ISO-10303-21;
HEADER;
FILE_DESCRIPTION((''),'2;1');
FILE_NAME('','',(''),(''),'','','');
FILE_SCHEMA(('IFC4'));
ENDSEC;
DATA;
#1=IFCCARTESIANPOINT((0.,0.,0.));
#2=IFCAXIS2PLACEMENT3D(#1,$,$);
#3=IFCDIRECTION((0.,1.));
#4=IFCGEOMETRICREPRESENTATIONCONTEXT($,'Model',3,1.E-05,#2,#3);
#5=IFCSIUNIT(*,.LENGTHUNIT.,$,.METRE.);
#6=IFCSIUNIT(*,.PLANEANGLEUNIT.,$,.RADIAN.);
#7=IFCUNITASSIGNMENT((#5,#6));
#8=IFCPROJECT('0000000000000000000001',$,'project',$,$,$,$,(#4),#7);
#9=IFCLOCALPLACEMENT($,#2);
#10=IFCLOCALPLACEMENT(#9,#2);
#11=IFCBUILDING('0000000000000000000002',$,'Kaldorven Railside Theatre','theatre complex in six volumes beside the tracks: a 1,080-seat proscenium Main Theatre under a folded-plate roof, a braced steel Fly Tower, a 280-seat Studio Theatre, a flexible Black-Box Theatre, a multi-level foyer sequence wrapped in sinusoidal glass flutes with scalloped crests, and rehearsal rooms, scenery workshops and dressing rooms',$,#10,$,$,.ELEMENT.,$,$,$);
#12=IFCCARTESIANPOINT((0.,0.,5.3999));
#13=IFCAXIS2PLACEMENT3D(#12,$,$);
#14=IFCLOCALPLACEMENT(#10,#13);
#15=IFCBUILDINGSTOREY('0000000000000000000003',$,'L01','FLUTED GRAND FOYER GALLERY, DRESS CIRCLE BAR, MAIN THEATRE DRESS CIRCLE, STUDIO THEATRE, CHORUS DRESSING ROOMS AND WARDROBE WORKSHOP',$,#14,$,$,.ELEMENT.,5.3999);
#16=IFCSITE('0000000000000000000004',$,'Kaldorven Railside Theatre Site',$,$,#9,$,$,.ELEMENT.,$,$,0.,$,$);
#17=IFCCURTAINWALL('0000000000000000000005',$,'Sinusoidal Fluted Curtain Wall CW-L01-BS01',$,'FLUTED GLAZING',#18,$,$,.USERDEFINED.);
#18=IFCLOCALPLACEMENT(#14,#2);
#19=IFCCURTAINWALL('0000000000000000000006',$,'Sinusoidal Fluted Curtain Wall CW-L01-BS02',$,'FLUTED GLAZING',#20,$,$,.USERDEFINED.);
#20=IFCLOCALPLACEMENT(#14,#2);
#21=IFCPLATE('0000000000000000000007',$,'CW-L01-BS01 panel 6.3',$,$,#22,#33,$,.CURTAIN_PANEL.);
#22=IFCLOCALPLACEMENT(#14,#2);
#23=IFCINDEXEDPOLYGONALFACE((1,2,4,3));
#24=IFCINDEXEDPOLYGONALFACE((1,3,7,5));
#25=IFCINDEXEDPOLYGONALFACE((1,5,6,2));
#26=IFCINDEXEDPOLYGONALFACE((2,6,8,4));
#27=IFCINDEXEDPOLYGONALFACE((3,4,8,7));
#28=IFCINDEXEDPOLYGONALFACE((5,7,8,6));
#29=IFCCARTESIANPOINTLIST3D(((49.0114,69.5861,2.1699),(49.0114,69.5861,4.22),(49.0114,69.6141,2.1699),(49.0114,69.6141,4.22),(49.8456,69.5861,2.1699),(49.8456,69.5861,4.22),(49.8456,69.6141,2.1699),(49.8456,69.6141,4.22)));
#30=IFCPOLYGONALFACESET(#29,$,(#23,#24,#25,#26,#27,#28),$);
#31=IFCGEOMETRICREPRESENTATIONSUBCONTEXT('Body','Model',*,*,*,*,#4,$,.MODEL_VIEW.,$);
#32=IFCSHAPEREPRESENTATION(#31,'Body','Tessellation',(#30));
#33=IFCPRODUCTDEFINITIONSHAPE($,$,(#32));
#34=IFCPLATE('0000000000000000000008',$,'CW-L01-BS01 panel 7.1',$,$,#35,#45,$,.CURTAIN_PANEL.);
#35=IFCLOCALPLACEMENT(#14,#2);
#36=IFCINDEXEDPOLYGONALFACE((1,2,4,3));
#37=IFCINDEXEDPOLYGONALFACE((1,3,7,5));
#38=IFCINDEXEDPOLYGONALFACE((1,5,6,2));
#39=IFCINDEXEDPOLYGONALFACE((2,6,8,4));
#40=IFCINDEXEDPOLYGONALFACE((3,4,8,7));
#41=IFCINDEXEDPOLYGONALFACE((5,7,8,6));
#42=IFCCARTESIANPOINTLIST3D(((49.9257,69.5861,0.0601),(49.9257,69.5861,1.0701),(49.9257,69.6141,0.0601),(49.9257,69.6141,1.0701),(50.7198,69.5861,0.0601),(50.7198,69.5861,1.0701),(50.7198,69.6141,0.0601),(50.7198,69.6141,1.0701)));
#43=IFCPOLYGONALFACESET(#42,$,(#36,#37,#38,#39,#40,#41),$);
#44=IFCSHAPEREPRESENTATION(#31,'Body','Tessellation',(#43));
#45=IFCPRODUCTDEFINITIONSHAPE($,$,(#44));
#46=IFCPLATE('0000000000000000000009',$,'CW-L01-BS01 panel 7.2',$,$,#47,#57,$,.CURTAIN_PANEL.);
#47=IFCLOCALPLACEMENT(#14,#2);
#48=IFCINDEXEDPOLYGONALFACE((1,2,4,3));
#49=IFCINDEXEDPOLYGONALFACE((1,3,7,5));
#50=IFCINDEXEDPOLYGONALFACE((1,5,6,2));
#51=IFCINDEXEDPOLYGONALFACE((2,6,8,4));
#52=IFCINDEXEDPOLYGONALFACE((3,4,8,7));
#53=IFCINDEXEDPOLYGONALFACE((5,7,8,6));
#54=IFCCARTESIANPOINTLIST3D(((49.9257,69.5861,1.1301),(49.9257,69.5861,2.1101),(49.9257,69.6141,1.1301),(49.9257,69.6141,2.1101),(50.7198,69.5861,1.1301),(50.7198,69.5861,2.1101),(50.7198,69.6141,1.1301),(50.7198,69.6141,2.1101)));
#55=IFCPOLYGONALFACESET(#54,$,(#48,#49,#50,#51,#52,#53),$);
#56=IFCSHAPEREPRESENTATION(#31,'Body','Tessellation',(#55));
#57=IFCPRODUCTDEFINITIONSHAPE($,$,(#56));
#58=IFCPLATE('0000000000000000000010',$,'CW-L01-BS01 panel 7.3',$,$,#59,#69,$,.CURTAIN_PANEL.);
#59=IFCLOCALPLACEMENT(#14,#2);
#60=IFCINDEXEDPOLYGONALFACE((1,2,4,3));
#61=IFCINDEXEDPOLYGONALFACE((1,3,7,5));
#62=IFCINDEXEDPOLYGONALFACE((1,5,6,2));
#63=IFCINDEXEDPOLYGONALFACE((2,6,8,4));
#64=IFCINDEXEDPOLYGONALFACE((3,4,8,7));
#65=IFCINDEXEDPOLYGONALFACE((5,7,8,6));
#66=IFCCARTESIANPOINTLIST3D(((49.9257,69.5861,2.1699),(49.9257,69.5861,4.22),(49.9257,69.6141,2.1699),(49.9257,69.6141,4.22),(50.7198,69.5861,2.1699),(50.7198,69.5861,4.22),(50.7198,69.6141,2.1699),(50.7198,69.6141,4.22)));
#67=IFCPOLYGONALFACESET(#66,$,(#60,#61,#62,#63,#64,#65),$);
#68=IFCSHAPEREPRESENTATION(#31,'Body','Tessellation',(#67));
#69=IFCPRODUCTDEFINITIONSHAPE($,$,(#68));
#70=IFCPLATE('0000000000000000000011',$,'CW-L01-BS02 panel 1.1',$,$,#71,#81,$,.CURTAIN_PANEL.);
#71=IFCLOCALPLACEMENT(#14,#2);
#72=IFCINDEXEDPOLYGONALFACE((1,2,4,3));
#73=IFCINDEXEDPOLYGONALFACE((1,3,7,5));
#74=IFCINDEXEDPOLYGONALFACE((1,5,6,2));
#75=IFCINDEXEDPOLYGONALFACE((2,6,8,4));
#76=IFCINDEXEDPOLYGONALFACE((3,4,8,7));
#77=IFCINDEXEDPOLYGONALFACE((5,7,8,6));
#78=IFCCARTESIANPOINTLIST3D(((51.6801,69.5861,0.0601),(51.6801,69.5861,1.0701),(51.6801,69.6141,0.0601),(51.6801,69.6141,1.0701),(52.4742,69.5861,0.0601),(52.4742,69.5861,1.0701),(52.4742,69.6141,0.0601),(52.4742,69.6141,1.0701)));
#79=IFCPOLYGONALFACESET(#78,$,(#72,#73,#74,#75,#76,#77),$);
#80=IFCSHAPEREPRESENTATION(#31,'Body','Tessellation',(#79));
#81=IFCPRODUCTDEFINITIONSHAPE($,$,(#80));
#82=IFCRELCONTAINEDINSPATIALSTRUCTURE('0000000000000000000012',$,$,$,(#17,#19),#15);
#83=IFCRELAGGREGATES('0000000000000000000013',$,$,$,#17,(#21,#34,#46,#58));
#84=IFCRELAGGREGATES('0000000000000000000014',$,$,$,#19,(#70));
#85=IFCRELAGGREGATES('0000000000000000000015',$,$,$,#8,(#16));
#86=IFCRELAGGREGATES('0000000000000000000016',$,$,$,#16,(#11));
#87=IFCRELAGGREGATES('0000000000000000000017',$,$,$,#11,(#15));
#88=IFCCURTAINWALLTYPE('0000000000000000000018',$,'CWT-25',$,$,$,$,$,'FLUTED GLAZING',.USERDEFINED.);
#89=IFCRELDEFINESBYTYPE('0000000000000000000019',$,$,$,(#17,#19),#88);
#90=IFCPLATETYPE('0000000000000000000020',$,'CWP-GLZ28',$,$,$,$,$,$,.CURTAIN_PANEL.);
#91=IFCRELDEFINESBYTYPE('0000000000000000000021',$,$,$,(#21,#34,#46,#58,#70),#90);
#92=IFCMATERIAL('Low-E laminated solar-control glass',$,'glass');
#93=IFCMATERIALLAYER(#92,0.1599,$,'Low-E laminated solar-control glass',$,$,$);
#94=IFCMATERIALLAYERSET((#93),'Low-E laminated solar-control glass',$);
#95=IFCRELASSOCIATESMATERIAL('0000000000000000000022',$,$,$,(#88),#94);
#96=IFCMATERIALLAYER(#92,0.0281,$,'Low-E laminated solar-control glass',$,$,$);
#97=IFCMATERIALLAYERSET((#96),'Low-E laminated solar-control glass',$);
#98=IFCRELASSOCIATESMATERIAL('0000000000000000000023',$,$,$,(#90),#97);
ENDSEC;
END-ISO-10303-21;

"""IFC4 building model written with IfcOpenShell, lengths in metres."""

from ifc_helpers import new_model, si_unit, direction, frame, origin, origin_2d, place, context, subcontext, project, spatial, rectangle, extrude, material, layer, layer_set, type_object, element, aggregate, save


model = new_model("IFC4")

# Units and contexts
model_context = context("Model", 3, precision=1e-05, world=origin(), true_north=direction((0.0, 1.0)))
body_context = subcontext(model_context, "Body", "Model", "MODEL_VIEW")
ifc_project = project(units=[si_unit("LENGTHUNIT", "METRE"), si_unit("PLANEANGLEUNIT", "RADIAN")], contexts=[model_context])

# Site, building, storey
site_placement = place(None, origin())
site = spatial("IfcSite", under=ifc_project, at=site_placement, Name="Kaldorven Railside Theatre Site", CompositionType="ELEMENT", RefElevation=0.0)
building_placement = place(site_placement, origin())
building = spatial("IfcBuilding", under=site, at=building_placement, Name="Kaldorven Railside Theatre", Description="theatre complex in six volumes beside the tracks: a 1,080-seat proscenium Main Theatre under a folded-plate roof, a braced steel Fly Tower, a 280-seat Studio Theatre, a flexible Black-Box Theatre, a multi-level foyer sequence wrapped in sinusoidal glass flutes with scalloped crests, and rehearsal rooms, scenery workshops and dressing rooms", CompositionType="ELEMENT")
storey_placement = place(building_placement, frame((0.0, 0.0, 5.3999)))
storey = spatial("IfcBuildingStorey", under=building, at=storey_placement, Name="L01", Description="FLUTED GRAND FOYER GALLERY, DRESS CIRCLE BAR, MAIN THEATRE DRESS CIRCLE, STUDIO THEATRE, CHORUS DRESSING ROOMS AND WARDROBE WORKSHOP", CompositionType="ELEMENT", Elevation=5.3999)

# Curtain wall
ifc_material_1 = material(Name="Low-E laminated solar-control glass", Category="glass")
ifc_layer_1 = layer(ifc_material_1, 0.1599, Name="Low-E laminated solar-control glass")
ifc_layer_set_1 = layer_set([ifc_layer_1], Name="Low-E laminated solar-control glass")
curtain_wall_type = type_object("IfcCurtainWallType", Name="CWT-25", ElementType="FLUTED GLAZING", PredefinedType="USERDEFINED", material=ifc_layer_set_1)
curtain_wall_1_placement = place(storey_placement, origin())
curtain_wall_1 = element("IfcCurtainWall", 1, at=curtain_wall_1_placement, inside=storey, type_object=curtain_wall_type, Name="Sinusoidal Fluted Curtain Wall CW-L01-BS01", ObjectType="FLUTED GLAZING", PredefinedType="USERDEFINED")

# Curtain wall
curtain_wall_2_placement = place(storey_placement, origin())
curtain_wall_2 = element("IfcCurtainWall", 2, at=curtain_wall_2_placement, inside=storey, type_object=curtain_wall_type, Name="Sinusoidal Fluted Curtain Wall CW-L01-BS02", ObjectType="FLUTED GLAZING", PredefinedType="USERDEFINED")

# Plates
ifc_layer_2 = layer(ifc_material_1, 0.0281, Name="Low-E laminated solar-control glass")
ifc_layer_set_2 = layer_set([ifc_layer_2], Name="Low-E laminated solar-control glass")
plate_type = type_object("IfcPlateType", Name="CWP-GLZ28", PredefinedType="CURTAIN_PANEL", material=ifc_layer_set_2)
plate_1_placement = place(storey_placement, frame((49.4285, 69.6001, 2.1699), z_axis=(0.0, 0.0, 1.0), x_axis=(1.0, 0.0, 0.0)))
plate_1 = element("IfcPlate", 3, at=plate_1_placement, type_object=plate_type, Name="CW-L01-BS01 panel 6.3", PredefinedType="CURTAIN_PANEL", context=body_context, shape_type="SweptSolid", body=[
    extrude(rectangle(XDim=0.8342, YDim=0.0281, at=origin_2d()), origin(), (0.0, 0.0, 1.0), 2.05),
])
plate_2_placement = place(storey_placement, frame((50.3228, 69.6001, 0.0601), z_axis=(0.0, 0.0, 1.0), x_axis=(1.0, 0.0, 0.0)))
plate_2 = element("IfcPlate", 4, at=plate_2_placement, type_object=plate_type, Name="CW-L01-BS01 panel 7.1", PredefinedType="CURTAIN_PANEL", context=body_context, shape_type="SweptSolid", body=[
    extrude(rectangle(XDim=0.7942, YDim=0.0281, at=origin_2d()), origin(), (0.0, 0.0, 1.0), 1.01),
])
plate_3_placement = place(storey_placement, frame((50.3228, 69.6001, 1.1301), z_axis=(0.0, 0.0, 1.0), x_axis=(1.0, 0.0, 0.0)))
plate_3 = element("IfcPlate", 5, at=plate_3_placement, type_object=plate_type, Name="CW-L01-BS01 panel 7.2", PredefinedType="CURTAIN_PANEL", context=body_context, shape_type="SweptSolid", body=[
    extrude(rectangle(XDim=0.7942, YDim=0.0281, at=origin_2d()), origin(), (0.0, 0.0, 1.0), 0.98),
])
plate_4_placement = place(storey_placement, frame((50.3228, 69.6001, 2.1699), z_axis=(0.0, 0.0, 1.0), x_axis=(1.0, 0.0, 0.0)))
plate_4 = element("IfcPlate", 6, at=plate_4_placement, type_object=plate_type, Name="CW-L01-BS01 panel 7.3", PredefinedType="CURTAIN_PANEL", context=body_context, shape_type="SweptSolid", body=[
    extrude(rectangle(XDim=0.7942, YDim=0.0281, at=origin_2d()), origin(), (0.0, 0.0, 1.0), 2.05),
])
aggregate(curtain_wall_1, [plate_1, plate_2, plate_3, plate_4])
plate_5_placement = place(storey_placement, frame((52.0771, 69.6001, 0.0601), z_axis=(0.0, 0.0, 1.0), x_axis=(1.0, 0.0, 0.0)))
plate_5 = element("IfcPlate", 7, at=plate_5_placement, type_object=plate_type, Name="CW-L01-BS02 panel 1.1", PredefinedType="CURTAIN_PANEL", context=body_context, shape_type="SweptSolid", body=[
    extrude(rectangle(XDim=0.7942, YDim=0.0281, at=origin_2d()), origin(), (0.0, 0.0, 1.0), 1.01),
])
aggregate(curtain_wall_2, [plate_5])

save(model, "model.ifc")
